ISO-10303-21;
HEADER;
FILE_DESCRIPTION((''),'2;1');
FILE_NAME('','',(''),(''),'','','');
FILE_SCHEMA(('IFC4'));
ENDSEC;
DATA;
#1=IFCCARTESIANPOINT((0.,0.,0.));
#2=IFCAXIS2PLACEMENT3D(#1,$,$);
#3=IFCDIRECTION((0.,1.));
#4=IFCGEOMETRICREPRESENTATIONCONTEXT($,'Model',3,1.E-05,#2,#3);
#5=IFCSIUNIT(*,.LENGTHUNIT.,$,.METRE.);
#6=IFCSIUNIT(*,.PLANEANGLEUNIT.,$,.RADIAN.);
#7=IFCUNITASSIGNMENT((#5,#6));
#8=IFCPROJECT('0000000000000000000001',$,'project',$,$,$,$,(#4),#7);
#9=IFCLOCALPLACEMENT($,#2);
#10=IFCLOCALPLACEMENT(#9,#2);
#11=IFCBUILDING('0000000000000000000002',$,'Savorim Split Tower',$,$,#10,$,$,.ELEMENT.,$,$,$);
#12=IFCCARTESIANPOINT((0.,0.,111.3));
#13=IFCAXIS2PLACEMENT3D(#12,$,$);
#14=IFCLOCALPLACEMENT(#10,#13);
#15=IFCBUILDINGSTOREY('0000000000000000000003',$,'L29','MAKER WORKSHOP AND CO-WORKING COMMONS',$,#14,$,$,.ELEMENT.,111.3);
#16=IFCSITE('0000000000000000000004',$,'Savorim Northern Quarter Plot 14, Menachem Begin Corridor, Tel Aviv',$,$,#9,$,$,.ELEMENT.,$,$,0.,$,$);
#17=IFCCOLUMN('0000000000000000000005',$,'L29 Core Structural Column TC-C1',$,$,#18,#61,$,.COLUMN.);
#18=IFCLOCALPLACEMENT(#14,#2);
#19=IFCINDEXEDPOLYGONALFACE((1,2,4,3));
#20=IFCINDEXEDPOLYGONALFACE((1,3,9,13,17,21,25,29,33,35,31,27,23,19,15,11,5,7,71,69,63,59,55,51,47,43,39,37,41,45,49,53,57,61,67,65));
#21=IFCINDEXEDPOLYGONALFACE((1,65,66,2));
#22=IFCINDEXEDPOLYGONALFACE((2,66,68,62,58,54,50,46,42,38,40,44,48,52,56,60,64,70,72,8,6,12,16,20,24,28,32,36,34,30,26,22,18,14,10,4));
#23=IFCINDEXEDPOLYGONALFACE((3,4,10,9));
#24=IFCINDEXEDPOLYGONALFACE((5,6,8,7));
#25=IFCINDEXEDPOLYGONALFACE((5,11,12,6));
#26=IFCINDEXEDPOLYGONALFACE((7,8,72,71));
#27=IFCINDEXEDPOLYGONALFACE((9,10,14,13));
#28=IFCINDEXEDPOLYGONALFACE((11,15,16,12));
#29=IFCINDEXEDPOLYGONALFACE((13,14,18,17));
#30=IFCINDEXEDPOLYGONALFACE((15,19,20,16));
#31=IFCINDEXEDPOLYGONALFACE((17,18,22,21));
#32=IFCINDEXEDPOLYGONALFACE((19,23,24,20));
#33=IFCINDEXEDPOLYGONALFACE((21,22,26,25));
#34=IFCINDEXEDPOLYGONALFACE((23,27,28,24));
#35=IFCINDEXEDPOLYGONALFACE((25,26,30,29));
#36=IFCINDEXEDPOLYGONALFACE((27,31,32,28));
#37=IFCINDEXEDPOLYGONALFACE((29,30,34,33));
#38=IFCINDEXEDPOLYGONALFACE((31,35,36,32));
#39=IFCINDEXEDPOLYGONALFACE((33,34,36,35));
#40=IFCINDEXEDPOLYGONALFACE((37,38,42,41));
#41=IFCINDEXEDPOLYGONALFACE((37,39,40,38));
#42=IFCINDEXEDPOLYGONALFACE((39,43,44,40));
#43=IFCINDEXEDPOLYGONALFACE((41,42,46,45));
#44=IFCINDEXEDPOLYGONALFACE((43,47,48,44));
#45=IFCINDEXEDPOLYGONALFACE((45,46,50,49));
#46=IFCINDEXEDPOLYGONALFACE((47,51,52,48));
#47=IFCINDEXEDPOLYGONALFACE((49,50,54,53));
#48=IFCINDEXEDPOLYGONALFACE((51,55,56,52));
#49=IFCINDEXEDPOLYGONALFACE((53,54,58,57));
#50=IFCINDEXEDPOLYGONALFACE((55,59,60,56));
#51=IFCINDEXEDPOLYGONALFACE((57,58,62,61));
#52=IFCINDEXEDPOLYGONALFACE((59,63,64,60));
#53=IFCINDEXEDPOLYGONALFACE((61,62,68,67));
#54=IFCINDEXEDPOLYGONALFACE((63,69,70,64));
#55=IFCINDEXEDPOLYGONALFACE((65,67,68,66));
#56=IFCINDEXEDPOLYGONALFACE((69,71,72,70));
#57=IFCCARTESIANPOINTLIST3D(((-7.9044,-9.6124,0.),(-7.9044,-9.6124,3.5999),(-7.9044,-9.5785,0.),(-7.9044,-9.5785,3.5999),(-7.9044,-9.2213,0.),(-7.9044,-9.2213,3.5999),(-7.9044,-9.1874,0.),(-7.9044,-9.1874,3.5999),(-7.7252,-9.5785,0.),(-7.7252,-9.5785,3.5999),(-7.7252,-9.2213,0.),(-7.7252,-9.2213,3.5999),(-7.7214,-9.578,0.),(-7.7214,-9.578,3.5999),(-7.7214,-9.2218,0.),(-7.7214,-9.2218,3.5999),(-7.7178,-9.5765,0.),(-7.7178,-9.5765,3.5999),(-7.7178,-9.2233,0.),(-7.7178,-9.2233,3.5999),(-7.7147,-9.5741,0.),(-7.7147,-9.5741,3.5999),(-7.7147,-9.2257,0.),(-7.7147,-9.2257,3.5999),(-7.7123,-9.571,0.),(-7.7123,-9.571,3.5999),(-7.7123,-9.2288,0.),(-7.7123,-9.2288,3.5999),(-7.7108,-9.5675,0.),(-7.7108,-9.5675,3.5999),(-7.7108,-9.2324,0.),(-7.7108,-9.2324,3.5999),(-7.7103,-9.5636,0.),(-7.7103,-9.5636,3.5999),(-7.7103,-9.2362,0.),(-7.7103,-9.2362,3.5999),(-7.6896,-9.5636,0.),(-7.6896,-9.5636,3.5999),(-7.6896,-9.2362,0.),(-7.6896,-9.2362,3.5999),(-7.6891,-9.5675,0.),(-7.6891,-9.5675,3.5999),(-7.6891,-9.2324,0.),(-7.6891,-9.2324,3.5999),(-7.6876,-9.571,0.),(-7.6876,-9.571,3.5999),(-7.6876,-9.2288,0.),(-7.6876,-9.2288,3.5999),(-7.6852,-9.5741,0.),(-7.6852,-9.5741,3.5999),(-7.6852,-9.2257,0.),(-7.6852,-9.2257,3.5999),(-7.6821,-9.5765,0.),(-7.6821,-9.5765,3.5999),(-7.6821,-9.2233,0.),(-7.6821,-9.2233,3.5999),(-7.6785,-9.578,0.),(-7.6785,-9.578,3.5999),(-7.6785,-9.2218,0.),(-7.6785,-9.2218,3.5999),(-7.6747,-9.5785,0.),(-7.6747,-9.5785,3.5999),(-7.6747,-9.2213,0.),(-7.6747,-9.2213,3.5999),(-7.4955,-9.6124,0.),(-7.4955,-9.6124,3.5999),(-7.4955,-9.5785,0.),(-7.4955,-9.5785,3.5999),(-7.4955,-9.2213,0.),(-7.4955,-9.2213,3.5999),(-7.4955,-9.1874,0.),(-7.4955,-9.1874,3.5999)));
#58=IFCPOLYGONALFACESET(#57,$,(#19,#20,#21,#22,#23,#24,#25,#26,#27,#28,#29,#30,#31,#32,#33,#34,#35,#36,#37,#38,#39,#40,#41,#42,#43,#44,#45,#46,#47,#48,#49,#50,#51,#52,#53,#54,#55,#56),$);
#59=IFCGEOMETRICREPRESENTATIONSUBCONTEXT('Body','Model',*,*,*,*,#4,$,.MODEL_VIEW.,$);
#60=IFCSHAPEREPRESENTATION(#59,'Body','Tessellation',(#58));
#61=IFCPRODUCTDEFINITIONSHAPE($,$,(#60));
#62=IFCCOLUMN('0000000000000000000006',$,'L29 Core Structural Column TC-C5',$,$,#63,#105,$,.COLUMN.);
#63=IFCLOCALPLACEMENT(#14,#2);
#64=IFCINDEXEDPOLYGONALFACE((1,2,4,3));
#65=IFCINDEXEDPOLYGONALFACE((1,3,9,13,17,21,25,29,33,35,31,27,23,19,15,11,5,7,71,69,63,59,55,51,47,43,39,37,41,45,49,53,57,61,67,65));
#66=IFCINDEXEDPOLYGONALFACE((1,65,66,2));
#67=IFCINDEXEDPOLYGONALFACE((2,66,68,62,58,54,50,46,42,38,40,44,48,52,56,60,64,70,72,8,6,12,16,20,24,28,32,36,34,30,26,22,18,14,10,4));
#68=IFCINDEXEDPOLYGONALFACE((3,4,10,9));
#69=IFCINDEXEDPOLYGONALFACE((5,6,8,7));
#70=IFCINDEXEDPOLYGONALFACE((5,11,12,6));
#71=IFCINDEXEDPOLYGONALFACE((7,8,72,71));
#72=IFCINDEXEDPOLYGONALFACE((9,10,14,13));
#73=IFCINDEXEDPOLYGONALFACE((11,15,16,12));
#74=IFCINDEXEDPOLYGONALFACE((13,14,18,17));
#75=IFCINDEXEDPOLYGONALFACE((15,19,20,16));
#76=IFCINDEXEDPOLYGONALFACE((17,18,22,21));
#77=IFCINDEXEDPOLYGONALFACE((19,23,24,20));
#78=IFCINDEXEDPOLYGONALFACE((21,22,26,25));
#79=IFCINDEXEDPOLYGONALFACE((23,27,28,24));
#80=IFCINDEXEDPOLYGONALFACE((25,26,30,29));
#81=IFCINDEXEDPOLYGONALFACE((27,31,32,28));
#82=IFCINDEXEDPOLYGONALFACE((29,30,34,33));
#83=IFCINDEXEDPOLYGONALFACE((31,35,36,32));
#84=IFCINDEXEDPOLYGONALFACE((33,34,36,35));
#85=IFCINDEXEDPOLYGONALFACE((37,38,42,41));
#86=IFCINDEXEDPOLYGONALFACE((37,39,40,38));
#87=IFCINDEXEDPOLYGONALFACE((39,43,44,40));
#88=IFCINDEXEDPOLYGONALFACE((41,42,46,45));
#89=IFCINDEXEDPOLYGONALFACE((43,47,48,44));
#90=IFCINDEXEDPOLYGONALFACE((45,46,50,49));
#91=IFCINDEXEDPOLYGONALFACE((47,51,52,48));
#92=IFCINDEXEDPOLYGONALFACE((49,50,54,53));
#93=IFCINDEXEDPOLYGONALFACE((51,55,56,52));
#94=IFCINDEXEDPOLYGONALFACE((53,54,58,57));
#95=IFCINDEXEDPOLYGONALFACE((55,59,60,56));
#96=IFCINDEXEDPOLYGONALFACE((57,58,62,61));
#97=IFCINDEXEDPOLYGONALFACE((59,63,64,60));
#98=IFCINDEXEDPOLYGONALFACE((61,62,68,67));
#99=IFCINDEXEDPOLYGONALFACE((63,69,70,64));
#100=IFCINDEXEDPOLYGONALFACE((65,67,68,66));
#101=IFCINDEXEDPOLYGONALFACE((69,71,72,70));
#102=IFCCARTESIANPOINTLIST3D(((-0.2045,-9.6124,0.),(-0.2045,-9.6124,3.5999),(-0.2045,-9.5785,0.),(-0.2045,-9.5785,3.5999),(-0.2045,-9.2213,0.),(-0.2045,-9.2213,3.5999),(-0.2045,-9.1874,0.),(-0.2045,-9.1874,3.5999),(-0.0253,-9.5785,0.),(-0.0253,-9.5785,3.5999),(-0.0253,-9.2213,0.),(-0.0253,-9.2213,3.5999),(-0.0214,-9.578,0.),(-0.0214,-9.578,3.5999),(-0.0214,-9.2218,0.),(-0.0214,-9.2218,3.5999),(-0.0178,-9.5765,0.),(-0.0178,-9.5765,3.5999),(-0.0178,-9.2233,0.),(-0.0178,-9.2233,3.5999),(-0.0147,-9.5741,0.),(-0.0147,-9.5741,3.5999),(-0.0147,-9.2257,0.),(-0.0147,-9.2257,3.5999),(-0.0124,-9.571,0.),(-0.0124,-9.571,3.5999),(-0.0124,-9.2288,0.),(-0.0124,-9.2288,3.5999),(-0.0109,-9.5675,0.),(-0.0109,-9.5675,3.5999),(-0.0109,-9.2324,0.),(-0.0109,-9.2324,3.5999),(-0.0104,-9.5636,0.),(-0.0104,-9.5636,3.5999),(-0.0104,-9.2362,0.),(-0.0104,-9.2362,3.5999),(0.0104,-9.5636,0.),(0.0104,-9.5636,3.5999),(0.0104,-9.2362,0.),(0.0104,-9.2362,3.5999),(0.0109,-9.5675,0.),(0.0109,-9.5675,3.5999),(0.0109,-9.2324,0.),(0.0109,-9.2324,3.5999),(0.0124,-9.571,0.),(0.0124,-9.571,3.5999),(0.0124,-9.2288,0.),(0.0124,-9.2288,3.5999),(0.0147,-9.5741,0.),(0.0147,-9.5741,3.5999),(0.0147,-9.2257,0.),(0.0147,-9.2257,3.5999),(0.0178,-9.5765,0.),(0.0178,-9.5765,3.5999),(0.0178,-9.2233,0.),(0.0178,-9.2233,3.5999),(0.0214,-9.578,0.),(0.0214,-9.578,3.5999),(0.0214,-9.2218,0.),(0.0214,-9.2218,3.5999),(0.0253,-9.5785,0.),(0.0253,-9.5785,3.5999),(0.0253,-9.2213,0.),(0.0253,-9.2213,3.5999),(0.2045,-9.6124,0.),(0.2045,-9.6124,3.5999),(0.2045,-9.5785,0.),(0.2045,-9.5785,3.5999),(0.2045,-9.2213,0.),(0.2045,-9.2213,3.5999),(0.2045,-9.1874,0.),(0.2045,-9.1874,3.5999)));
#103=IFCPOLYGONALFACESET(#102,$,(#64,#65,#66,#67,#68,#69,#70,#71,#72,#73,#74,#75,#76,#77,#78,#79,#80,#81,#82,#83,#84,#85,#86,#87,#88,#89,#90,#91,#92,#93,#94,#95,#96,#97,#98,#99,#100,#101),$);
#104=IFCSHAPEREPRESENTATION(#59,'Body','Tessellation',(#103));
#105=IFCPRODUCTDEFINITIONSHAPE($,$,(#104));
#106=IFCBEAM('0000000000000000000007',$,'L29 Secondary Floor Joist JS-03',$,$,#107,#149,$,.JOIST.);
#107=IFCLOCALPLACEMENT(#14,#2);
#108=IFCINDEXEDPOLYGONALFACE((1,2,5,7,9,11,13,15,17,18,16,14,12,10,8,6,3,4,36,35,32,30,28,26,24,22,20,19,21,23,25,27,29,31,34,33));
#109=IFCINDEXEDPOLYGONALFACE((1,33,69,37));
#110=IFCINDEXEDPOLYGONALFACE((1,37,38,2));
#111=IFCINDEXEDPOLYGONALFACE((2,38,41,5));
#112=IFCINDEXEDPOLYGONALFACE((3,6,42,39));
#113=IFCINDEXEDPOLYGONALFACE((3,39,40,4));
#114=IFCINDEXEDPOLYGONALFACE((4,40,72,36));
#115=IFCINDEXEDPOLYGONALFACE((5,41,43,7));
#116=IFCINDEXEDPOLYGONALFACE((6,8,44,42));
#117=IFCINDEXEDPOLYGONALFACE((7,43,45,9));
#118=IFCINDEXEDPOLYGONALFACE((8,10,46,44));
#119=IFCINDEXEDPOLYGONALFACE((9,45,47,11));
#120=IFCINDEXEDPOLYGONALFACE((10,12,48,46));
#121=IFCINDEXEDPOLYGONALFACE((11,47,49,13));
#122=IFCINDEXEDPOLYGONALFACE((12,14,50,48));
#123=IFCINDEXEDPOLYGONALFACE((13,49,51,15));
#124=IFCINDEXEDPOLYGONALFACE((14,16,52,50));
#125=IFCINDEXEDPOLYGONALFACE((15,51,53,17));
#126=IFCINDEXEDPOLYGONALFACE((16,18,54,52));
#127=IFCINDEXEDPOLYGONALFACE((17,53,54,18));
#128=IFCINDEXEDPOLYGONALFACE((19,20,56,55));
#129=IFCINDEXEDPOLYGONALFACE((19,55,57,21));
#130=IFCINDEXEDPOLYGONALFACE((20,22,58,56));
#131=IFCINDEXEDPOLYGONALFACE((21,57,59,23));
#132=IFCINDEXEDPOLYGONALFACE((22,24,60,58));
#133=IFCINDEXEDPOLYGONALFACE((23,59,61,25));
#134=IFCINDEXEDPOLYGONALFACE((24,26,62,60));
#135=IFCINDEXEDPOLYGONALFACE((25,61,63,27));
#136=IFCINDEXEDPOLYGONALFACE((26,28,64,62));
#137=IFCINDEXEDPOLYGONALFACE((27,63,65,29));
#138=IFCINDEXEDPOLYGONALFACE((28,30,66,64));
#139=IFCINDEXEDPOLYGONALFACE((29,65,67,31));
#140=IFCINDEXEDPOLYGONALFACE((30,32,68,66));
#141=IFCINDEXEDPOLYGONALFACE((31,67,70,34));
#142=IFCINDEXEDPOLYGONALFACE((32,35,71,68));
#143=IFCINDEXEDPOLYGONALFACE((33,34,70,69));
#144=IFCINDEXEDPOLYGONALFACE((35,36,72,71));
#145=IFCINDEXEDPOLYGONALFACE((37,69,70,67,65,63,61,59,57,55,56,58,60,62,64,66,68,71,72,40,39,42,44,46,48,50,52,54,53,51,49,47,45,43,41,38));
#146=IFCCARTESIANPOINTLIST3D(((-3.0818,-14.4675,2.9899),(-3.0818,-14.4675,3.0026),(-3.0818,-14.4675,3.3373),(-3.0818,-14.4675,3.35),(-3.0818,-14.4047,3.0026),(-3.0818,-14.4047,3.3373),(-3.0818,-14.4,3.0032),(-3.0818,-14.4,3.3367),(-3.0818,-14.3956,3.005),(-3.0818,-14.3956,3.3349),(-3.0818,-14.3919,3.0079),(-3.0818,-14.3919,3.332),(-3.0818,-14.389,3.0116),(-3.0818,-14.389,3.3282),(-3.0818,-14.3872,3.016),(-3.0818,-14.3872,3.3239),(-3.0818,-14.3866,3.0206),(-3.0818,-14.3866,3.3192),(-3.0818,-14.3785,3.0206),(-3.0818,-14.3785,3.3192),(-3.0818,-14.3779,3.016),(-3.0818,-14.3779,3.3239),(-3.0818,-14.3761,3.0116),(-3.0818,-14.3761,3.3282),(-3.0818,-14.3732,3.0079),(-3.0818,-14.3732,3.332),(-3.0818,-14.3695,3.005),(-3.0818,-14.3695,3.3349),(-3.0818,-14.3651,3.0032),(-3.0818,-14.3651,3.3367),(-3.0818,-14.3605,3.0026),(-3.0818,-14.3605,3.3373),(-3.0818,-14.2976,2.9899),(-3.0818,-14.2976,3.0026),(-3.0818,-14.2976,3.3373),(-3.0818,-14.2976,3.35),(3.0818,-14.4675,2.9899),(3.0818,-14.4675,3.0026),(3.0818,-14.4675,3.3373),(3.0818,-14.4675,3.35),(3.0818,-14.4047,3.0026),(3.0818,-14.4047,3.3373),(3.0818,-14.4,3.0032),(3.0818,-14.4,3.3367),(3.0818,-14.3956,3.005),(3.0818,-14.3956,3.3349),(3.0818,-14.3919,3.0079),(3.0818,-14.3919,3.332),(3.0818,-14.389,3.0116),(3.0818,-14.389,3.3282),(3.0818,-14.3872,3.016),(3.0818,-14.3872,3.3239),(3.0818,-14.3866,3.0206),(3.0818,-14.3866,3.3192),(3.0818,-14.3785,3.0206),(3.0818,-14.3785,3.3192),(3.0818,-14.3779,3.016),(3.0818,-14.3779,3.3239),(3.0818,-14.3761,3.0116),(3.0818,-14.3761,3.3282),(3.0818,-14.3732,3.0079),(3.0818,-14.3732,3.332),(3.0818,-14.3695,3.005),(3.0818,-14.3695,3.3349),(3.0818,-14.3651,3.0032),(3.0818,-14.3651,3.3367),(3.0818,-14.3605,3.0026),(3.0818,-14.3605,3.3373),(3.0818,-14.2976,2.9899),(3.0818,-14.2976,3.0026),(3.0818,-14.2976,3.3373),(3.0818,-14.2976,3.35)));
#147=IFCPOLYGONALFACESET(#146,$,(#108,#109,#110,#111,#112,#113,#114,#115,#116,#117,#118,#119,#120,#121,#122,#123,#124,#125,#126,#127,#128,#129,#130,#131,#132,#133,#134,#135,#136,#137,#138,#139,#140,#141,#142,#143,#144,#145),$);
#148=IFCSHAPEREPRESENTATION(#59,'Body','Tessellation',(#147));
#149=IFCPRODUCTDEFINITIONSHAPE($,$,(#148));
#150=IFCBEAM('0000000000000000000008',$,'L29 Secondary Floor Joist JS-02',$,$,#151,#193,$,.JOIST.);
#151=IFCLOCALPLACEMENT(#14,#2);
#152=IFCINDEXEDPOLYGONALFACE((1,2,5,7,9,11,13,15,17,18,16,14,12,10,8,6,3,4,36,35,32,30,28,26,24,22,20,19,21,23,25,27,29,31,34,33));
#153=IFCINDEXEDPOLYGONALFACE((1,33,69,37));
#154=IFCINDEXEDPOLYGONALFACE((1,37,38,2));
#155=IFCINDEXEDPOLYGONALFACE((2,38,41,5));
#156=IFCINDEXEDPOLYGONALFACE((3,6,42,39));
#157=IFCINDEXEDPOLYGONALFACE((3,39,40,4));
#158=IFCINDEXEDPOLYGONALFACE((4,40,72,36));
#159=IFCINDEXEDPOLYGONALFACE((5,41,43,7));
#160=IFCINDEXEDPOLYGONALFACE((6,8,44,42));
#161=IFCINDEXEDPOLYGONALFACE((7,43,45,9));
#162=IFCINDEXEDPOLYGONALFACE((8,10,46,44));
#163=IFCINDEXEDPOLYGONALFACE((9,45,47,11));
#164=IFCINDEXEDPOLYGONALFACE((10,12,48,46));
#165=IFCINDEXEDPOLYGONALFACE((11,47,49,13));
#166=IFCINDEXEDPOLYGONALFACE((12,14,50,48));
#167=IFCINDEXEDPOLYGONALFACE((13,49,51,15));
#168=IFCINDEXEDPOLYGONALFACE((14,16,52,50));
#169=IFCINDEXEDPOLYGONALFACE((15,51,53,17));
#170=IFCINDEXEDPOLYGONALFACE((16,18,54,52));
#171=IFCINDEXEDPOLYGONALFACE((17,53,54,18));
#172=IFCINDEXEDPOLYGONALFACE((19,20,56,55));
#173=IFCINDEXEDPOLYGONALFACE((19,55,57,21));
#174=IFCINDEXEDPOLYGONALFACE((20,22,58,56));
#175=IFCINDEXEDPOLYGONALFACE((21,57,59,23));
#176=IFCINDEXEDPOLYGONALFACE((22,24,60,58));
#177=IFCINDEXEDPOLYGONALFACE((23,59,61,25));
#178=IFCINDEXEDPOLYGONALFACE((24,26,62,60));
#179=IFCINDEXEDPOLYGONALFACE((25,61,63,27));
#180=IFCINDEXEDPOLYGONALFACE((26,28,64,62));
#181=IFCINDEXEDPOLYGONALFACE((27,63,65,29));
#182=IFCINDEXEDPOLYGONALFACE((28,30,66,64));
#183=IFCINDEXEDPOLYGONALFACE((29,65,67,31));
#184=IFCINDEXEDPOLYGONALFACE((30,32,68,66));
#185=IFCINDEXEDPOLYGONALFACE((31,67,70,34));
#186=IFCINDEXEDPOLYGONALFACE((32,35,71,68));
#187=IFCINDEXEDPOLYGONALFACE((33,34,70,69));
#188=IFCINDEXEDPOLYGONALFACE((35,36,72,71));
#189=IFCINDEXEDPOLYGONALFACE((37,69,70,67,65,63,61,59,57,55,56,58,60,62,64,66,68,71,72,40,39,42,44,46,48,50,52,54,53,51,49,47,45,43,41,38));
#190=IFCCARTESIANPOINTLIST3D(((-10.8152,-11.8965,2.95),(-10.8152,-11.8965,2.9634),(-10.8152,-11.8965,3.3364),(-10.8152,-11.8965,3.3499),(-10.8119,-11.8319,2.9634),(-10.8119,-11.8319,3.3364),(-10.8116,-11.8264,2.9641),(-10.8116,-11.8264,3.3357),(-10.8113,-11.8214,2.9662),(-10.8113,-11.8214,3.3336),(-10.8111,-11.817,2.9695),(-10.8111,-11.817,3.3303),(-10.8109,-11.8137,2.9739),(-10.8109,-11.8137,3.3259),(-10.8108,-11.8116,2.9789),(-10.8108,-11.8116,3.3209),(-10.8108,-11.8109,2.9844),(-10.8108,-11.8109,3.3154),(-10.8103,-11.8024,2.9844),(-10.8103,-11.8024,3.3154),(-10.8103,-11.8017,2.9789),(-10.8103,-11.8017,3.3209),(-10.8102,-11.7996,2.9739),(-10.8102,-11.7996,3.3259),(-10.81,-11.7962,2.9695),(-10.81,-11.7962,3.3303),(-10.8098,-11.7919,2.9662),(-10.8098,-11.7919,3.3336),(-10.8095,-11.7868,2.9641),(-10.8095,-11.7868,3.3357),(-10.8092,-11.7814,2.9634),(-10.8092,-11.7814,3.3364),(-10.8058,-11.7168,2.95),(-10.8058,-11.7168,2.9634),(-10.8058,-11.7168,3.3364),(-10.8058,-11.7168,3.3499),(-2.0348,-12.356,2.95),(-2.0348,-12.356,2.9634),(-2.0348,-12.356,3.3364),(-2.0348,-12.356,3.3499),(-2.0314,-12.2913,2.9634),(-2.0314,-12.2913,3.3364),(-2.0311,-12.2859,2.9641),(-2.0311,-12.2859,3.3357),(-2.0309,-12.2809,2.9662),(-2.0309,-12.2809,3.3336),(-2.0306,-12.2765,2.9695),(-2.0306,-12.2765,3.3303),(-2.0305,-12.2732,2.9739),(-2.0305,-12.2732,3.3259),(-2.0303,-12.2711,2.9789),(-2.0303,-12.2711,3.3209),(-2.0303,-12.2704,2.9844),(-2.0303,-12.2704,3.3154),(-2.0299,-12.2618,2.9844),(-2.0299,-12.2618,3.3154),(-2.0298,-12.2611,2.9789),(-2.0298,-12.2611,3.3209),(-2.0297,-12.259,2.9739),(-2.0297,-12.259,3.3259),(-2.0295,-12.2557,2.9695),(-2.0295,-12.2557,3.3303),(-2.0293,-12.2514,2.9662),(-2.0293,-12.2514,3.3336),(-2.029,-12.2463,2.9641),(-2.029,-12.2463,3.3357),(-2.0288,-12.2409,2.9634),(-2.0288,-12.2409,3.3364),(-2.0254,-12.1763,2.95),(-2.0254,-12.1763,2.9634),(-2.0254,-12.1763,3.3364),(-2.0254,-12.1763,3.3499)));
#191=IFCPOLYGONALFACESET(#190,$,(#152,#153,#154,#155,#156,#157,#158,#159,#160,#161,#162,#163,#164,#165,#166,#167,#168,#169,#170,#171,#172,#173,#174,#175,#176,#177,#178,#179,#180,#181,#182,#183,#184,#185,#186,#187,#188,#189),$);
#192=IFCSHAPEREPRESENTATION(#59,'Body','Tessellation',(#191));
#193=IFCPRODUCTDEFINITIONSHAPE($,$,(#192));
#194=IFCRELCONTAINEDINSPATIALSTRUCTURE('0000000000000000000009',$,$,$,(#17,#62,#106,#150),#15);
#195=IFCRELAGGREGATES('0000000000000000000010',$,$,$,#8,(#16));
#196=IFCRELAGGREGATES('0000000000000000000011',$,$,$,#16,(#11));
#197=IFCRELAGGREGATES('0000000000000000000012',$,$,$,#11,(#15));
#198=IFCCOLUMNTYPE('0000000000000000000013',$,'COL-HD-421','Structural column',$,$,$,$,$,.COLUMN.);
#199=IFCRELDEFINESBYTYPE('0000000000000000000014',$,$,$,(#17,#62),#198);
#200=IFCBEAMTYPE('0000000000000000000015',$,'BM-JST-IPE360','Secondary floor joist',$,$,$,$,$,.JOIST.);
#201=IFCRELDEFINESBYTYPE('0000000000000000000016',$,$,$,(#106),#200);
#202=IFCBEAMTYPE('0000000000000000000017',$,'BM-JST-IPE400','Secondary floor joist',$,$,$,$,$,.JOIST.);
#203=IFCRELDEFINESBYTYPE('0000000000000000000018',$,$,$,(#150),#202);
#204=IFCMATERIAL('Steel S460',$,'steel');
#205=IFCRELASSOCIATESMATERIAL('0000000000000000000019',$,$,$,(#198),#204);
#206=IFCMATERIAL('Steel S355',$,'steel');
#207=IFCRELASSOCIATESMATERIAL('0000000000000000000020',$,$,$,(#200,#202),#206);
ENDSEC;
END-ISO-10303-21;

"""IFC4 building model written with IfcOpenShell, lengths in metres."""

from ifc_helpers import new_model, si_unit, direction, frame, origin, origin_2d, place, context, subcontext, project, spatial, i_section, extrude, material, material_profile, profile_set, type_object, element, save


model = new_model("IFC4")

# Units and contexts
model_context = context("Model", 3, precision=1e-05, world=origin(), true_north=direction((0.0, 1.0)))
body_context = subcontext(model_context, "Body", "Model", "MODEL_VIEW")
ifc_project = project(units=[si_unit("LENGTHUNIT", "METRE"), si_unit("PLANEANGLEUNIT", "RADIAN")], contexts=[model_context])

# Site, building, storey
site_placement = place(None, origin())
site = spatial("IfcSite", under=ifc_project, at=site_placement, Name="Savorim Northern Quarter Plot 14, Menachem Begin Corridor, Tel Aviv", CompositionType="ELEMENT", RefElevation=0.0)
building_placement = place(site_placement, origin())
building = spatial("IfcBuilding", under=site, at=building_placement, Name="Savorim Split Tower", CompositionType="ELEMENT")
storey_placement = place(building_placement, frame((0.0, 0.0, 111.3)))
storey = spatial("IfcBuildingStorey", under=building, at=storey_placement, Name="L29", Description="MAKER WORKSHOP AND CO-WORKING COMMONS", CompositionType="ELEMENT", Elevation=111.3)

# Columns
ifc_material_1 = material(Name="Steel S460", Category="steel")
ifc_material_profile_1 = material_profile(ifc_material_1, i_section(OverallWidth=0.4089, OverallDepth=0.425, WebThickness=0.0208, FlangeThickness=0.0339, FilletRadius=0.0149, at=origin_2d()), Name="HD 400x421")
ifc_profile_set_1 = profile_set([ifc_material_profile_1], Name="Steel S460")
column_type = type_object("IfcColumnType", Name="COL-HD-421", Description="Structural column", PredefinedType="COLUMN", material=ifc_profile_set_1)
for number, where, z_axis, x_axis, name in (
    (1, (-7.7, -9.3999, 0.0), (0.0, 0.0, 1.0), (1.0, 0.0, 0.0), "L29 Core Structural Column TC-C1"),
    (2, (0.0, -9.3999, 0.0), (0.0, 0.0, 1.0), (1.0, 0.0, 0.0), "L29 Core Structural Column TC-C5"),
):
    element("IfcColumn", number, at=place(storey_placement, frame(where, z_axis=z_axis, x_axis=x_axis)), inside=storey, type_object=column_type, Name=name, PredefinedType="COLUMN", context=body_context, shape_type="SweptSolid", body=[
        extrude(i_section(OverallWidth=0.4089, OverallDepth=0.425, WebThickness=0.0208, FlangeThickness=0.0339, FilletRadius=0.0149, at=origin_2d()), origin(), (0.0, 0.0, 1.0), 3.5999),
    ])

# Beams
ifc_material_2 = material(Name="Steel S355", Category="steel")
ifc_material_profile_2 = material_profile(ifc_material_2, i_section(OverallWidth=0.1699, OverallDepth=0.3601, WebThickness=0.0081, FlangeThickness=0.0127, FilletRadius=0.0181, at=origin_2d()), Name="IPE 360")
ifc_profile_set_2 = profile_set([ifc_material_profile_2], Name="Steel S355")
beam_type_1 = type_object("IfcBeamType", Name="BM-JST-IPE360", Description="Secondary floor joist", PredefinedType="JOIST", material=ifc_profile_set_2)
beam_1_placement = place(storey_placement, frame((-3.0818, -14.3826, 3.1699), z_axis=(1.0, 0.0, 0.0), x_axis=(0.0, 1.0, 0.0)))
element("IfcBeam", 3, at=beam_1_placement, inside=storey, type_object=beam_type_1, Name="L29 Secondary Floor Joist JS-03", PredefinedType="JOIST", context=body_context, shape_type="SweptSolid", body=[
    extrude(i_section(OverallWidth=0.1699, OverallDepth=0.3601, WebThickness=0.0081, FlangeThickness=0.0127, FilletRadius=0.0181, at=origin_2d()), origin(), (0.0, 0.0, 1.0), 6.1636),
])
ifc_material_profile_3 = material_profile(ifc_material_2, i_section(OverallWidth=0.1799, OverallDepth=0.3999, WebThickness=0.0085, FlangeThickness=0.0134, FilletRadius=0.021, at=origin_2d()), Name="IPE 400")
ifc_profile_set_3 = profile_set([ifc_material_profile_3], Name="Steel S355")
beam_type_2 = type_object("IfcBeamType", Name="BM-JST-IPE400", Description="Secondary floor joist", PredefinedType="JOIST", material=ifc_profile_set_3)
beam_2_placement = place(storey_placement, frame((-10.8105, -11.8066, 3.1499), z_axis=(0.998634, -0.052257, 0.0), x_axis=(0.052257, 0.998634, 0.0)))
element("IfcBeam", 4, at=beam_2_placement, inside=storey, type_object=beam_type_2, Name="L29 Secondary Floor Joist JS-02", PredefinedType="JOIST", context=body_context, shape_type="SweptSolid", body=[
    extrude(i_section(OverallWidth=0.1799, OverallDepth=0.3999, WebThickness=0.0085, FlangeThickness=0.0134, FilletRadius=0.021, at=origin_2d()), origin(), (0.0, 0.0, 1.0), 8.7925),
])

save(model, "model.ifc")
